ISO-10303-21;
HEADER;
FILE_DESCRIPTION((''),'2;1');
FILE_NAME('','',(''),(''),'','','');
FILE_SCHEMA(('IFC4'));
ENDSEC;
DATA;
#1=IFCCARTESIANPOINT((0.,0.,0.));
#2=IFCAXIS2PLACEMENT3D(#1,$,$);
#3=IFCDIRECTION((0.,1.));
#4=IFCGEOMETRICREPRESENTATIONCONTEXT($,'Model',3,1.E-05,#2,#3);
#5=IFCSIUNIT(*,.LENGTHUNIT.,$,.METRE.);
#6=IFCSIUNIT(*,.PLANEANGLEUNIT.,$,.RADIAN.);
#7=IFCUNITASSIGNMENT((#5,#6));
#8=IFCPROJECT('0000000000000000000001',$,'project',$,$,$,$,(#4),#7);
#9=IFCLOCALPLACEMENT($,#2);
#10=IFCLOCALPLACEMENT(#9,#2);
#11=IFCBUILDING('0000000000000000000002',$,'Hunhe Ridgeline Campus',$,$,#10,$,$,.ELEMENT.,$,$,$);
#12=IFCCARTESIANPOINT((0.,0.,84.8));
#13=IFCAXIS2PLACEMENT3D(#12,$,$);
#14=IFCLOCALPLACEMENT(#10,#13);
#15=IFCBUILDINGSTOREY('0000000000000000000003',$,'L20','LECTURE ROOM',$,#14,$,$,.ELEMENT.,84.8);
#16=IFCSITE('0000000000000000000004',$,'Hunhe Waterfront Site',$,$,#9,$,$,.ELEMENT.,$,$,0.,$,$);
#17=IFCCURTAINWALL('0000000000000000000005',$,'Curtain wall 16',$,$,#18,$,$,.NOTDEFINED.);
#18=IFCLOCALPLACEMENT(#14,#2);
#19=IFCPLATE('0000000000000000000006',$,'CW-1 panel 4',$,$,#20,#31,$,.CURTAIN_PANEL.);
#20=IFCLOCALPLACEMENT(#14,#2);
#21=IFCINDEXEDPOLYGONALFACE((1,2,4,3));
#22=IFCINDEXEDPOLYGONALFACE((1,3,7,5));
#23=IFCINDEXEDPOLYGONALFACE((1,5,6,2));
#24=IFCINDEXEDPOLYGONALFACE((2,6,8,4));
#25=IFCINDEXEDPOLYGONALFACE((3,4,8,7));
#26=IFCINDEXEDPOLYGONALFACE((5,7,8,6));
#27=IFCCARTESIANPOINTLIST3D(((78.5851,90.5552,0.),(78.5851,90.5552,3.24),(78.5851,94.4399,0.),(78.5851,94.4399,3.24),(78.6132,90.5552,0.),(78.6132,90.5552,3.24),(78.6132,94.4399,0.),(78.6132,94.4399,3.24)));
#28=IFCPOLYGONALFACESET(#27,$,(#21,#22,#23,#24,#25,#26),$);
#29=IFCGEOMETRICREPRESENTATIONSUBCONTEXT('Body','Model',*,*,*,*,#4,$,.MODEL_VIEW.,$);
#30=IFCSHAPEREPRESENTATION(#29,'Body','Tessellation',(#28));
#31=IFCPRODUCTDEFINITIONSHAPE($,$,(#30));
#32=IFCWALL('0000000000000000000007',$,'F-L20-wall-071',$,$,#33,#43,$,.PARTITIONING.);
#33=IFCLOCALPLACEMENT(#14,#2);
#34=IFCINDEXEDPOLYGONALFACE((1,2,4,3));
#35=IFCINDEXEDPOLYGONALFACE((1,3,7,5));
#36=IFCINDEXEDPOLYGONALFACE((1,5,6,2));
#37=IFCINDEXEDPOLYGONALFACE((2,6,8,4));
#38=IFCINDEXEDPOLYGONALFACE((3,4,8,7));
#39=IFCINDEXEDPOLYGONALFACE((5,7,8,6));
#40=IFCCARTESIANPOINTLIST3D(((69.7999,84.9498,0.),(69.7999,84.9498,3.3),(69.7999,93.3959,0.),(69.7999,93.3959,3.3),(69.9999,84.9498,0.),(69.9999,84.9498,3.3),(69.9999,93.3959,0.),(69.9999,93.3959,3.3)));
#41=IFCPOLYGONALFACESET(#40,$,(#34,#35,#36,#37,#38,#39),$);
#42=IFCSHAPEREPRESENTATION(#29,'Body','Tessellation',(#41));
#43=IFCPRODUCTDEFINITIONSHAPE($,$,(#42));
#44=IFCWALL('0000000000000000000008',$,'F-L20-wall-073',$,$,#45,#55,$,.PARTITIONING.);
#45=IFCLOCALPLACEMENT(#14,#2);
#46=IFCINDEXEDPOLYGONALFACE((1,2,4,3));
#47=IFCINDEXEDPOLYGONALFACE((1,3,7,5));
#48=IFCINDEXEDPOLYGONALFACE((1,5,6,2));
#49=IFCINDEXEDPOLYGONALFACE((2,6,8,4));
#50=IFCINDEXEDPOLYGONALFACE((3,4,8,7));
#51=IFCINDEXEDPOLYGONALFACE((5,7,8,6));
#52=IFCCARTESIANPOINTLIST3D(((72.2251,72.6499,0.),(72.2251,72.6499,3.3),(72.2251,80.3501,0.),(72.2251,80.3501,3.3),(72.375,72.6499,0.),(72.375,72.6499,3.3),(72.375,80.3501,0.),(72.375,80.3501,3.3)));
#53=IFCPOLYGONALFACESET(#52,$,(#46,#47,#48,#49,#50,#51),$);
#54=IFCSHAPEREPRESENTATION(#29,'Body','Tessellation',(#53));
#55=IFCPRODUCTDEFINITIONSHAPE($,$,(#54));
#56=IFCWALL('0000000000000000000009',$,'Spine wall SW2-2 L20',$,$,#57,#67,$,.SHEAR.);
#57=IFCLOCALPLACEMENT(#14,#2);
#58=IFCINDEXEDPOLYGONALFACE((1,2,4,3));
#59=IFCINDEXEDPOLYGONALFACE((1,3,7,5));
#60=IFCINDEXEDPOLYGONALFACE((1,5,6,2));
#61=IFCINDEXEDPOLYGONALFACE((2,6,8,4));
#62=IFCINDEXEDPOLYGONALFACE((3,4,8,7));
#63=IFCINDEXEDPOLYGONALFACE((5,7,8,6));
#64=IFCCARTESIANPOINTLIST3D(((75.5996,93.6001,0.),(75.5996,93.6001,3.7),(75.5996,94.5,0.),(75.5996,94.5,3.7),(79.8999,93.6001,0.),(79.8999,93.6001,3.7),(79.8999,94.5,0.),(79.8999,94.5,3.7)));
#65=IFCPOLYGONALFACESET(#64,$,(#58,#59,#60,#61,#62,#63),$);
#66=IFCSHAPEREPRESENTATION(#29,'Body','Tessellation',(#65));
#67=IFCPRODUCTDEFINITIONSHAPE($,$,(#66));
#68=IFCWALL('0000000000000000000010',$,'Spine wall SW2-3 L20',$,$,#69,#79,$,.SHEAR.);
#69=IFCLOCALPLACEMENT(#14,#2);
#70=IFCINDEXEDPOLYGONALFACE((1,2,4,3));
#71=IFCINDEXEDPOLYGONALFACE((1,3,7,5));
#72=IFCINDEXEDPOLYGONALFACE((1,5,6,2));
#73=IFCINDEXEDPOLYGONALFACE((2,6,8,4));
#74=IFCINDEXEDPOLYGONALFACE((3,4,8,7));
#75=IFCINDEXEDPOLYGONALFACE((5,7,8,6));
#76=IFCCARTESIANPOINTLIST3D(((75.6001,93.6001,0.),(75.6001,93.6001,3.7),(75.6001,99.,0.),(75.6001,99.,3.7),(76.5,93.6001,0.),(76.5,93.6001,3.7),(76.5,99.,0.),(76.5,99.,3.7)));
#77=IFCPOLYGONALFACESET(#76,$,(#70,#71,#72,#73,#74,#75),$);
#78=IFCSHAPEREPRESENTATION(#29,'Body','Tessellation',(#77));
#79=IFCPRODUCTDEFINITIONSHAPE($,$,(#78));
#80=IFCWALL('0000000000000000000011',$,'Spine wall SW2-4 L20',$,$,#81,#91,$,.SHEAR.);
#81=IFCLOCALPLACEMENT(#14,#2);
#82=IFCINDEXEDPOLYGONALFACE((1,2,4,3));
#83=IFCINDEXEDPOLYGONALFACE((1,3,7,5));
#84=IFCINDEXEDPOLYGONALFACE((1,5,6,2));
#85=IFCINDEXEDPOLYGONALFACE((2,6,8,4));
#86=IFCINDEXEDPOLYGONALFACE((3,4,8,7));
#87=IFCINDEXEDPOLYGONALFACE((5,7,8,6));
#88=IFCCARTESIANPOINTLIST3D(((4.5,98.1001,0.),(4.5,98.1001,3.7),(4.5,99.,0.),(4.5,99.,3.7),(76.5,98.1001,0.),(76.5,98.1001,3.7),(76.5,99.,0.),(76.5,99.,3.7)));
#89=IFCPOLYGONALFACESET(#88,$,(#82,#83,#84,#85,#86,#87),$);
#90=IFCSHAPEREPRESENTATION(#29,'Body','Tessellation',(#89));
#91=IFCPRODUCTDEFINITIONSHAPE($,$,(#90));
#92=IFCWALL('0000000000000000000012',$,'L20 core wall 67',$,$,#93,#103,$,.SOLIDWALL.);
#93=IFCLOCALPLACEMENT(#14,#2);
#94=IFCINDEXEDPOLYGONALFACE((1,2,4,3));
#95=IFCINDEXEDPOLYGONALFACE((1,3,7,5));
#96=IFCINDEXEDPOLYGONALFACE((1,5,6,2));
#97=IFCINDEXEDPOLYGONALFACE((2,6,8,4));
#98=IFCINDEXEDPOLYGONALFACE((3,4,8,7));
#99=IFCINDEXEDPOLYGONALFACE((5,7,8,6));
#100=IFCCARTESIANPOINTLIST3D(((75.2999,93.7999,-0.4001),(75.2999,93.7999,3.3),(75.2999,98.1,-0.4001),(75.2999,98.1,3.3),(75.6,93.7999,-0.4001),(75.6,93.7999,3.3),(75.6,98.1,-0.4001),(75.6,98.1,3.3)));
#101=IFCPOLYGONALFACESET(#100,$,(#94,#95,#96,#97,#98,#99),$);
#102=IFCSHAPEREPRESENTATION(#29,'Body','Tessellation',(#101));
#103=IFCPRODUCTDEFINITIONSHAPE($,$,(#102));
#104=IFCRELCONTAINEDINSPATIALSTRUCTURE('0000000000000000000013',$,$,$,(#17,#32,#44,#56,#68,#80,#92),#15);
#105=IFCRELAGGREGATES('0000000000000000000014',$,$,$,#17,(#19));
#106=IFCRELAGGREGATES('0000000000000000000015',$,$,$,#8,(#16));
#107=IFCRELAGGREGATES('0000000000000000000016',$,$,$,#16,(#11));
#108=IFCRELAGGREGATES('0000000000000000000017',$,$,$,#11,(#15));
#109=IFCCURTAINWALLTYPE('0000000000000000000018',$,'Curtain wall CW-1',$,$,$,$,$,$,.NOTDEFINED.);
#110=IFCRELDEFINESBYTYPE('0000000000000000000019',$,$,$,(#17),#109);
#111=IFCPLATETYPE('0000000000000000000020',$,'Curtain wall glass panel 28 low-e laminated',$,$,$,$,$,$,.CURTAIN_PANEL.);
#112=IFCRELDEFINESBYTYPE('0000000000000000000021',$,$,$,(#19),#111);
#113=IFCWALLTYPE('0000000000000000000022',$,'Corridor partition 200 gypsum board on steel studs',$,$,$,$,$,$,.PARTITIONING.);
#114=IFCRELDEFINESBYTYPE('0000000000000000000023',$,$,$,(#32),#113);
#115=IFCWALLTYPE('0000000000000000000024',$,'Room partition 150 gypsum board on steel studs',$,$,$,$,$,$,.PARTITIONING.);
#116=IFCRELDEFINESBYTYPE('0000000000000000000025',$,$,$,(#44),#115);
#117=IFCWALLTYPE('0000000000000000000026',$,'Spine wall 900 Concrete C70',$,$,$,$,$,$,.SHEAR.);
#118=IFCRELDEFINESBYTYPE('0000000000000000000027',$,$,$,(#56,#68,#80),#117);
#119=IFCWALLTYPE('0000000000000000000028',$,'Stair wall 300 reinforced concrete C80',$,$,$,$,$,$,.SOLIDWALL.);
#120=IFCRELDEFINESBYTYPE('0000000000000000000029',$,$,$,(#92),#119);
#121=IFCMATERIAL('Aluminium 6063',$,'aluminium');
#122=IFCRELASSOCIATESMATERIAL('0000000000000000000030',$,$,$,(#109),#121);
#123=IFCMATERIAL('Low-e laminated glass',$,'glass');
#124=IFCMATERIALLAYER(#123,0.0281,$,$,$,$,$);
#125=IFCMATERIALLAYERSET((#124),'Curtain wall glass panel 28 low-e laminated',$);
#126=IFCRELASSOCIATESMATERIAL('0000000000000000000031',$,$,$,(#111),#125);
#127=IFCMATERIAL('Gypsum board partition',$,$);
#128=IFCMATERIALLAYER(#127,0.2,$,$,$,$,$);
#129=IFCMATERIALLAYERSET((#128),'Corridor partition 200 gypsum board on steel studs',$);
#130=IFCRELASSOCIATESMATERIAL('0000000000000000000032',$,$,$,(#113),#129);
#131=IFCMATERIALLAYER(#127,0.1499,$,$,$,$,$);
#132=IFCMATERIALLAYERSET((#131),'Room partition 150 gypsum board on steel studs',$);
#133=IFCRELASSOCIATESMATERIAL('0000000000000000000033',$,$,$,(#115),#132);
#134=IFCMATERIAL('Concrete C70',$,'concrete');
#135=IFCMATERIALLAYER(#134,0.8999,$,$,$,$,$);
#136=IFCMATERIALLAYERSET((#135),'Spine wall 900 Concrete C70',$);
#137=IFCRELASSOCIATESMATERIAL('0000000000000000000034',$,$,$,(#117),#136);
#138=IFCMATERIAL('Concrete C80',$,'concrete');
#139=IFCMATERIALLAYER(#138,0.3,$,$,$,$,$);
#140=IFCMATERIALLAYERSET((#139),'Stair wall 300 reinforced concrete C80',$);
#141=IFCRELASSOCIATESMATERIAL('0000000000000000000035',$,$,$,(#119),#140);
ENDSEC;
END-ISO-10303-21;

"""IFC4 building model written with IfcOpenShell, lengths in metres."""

from ifc_helpers import new_model, si_unit, direction, frame, frame_2d, origin, origin_2d, place, context, subcontext, project, spatial, rectangle, extrude, material, layer, layer_set, type_object, element, aggregate, save


model = new_model("IFC4")

# Units and contexts
model_context = context("Model", 3, precision=1e-05, world=origin(), true_north=direction((0.0, 1.0)))
body_context = subcontext(model_context, "Body", "Model", "MODEL_VIEW")
ifc_project = project(units=[si_unit("LENGTHUNIT", "METRE"), si_unit("PLANEANGLEUNIT", "RADIAN")], contexts=[model_context])

# Site, building, storey
site_placement = place(None, origin())
site = spatial("IfcSite", under=ifc_project, at=site_placement, Name="Hunhe Waterfront Site", CompositionType="ELEMENT", RefElevation=0.0)
building_placement = place(site_placement, origin())
building = spatial("IfcBuilding", under=site, at=building_placement, Name="Hunhe Ridgeline Campus", CompositionType="ELEMENT")
storey_placement = place(building_placement, frame((0.0, 0.0, 84.8)))
storey = spatial("IfcBuildingStorey", under=building, at=storey_placement, Name="L20", Description="LECTURE ROOM", CompositionType="ELEMENT", Elevation=84.8)

# Shared definitions
ifc_material_1 = material(Name="Concrete C70", Category="concrete")

# Curtain wall, plate
ifc_material_2 = material(Name="Aluminium 6063", Category="aluminium")
curtain_wall_type = type_object("IfcCurtainWallType", Name="Curtain wall CW-1", PredefinedType="NOTDEFINED", material=ifc_material_2)
curtain_wall_placement = place(storey_placement, origin())
curtain_wall = element("IfcCurtainWall", 1, at=curtain_wall_placement, inside=storey, type_object=curtain_wall_type, Name="Curtain wall 16", PredefinedType="NOTDEFINED")
ifc_material_3 = material(Name="Low-e laminated glass", Category="glass")
ifc_layer_1 = layer(ifc_material_3, 0.0281)
ifc_layer_set_1 = layer_set([ifc_layer_1], Name="Curtain wall glass panel 28 low-e laminated")
plate_type = type_object("IfcPlateType", Name="Curtain wall glass panel 28 low-e laminated", PredefinedType="CURTAIN_PANEL", material=ifc_layer_set_1)
plate_1_placement = place(storey_placement, frame((78.5991, 92.4976, 0.0), z_axis=(0.0, 0.0, 1.0), x_axis=(0.0, 1.0, 0.0)))
plate_1 = element("IfcPlate", 2, at=plate_1_placement, type_object=plate_type, Name="CW-1 panel 4", PredefinedType="CURTAIN_PANEL", context=body_context, shape_type="SweptSolid", body=[
    extrude(rectangle(XDim=3.8848, YDim=0.0281, at=origin_2d()), origin(), (0.0, 0.0, 1.0), 3.24),
])
aggregate(curtain_wall, [plate_1])

# Shared definitions
ifc_material_4 = material(Name="Gypsum board partition")
ifc_layer_2 = layer(ifc_material_4, 0.2)
ifc_layer_set_2 = layer_set([ifc_layer_2], Name="Corridor partition 200 gypsum board on steel studs")
wall_type_1 = type_object("IfcWallType", Name="Corridor partition 200 gypsum board on steel studs", PredefinedType="PARTITIONING", material=ifc_layer_set_2)

# Walls
wall_1_placement = place(storey_placement, frame((69.8999, 93.396, 0.0), z_axis=(0.0, 0.0, 1.0), x_axis=(0.0, -1.0, 0.0)))
element("IfcWall", 3, at=wall_1_placement, inside=storey, type_object=wall_type_1, Name="F-L20-wall-071", PredefinedType="PARTITIONING", context=body_context, shape_type="SweptSolid", body=[
    extrude(rectangle(XDim=8.446, YDim=0.2, at=frame_2d((4.2231, 0.0))), origin(), (0.0, 0.0, 1.0), 3.3),
])
ifc_layer_3 = layer(ifc_material_4, 0.1499)
ifc_layer_set_3 = layer_set([ifc_layer_3], Name="Room partition 150 gypsum board on steel studs")
wall_type_2 = type_object("IfcWallType", Name="Room partition 150 gypsum board on steel studs", PredefinedType="PARTITIONING", material=ifc_layer_set_3)
wall_2_placement = place(storey_placement, frame((72.3, 80.3501, 0.0), z_axis=(0.0, 0.0, 1.0), x_axis=(0.0, -1.0, 0.0)))
element("IfcWall", 4, at=wall_2_placement, inside=storey, type_object=wall_type_2, Name="F-L20-wall-073", PredefinedType="PARTITIONING", context=body_context, shape_type="SweptSolid", body=[
    extrude(rectangle(XDim=7.7002, YDim=0.1499, at=frame_2d((3.8501, 0.0))), origin(), (0.0, 0.0, 1.0), 3.3),
])
ifc_layer_4 = layer(ifc_material_1, 0.8999)
ifc_layer_set_4 = layer_set([ifc_layer_4], Name="Spine wall 900 Concrete C70")
wall_type_3 = type_object("IfcWallType", Name="Spine wall 900 Concrete C70", PredefinedType="SHEAR", material=ifc_layer_set_4)
wall_3_placement = place(storey_placement, frame((79.8999, 94.05, 0.0), z_axis=(0.0, 0.0, 1.0), x_axis=(-1.0, 0.0, 0.0)))
element("IfcWall", 5, at=wall_3_placement, inside=storey, type_object=wall_type_3, Name="Spine wall SW2-2 L20", PredefinedType="SHEAR", context=body_context, shape_type="SweptSolid", body=[
    extrude(rectangle(XDim=4.3003, YDim=0.8999, at=frame_2d((2.1501, 0.0))), origin(), (0.0, 0.0, 1.0), 3.7),
])
wall_4_placement = place(storey_placement, frame((76.05, 93.6001, 0.0), z_axis=(0.0, 0.0, 1.0), x_axis=(0.0, 1.0, 0.0)))
element("IfcWall", 6, at=wall_4_placement, inside=storey, type_object=wall_type_3, Name="Spine wall SW2-3 L20", PredefinedType="SHEAR", context=body_context, shape_type="SweptSolid", body=[
    extrude(rectangle(XDim=5.3999, YDim=0.8999, at=frame_2d((2.7, 0.0))), origin(), (0.0, 0.0, 1.0), 3.7),
])
wall_5_placement = place(storey_placement, frame((76.5, 98.55, 0.0), z_axis=(0.0, 0.0, 1.0), x_axis=(-1.0, 0.0, 0.0)))
element("IfcWall", 7, at=wall_5_placement, inside=storey, type_object=wall_type_3, Name="Spine wall SW2-4 L20", PredefinedType="SHEAR", context=body_context, shape_type="SweptSolid", body=[
    extrude(rectangle(XDim=72.0, YDim=0.8999, at=frame_2d((36.0, 0.0))), origin(), (0.0, 0.0, 1.0), 3.7),
])
ifc_material_5 = material(Name="Concrete C80", Category="concrete")
ifc_layer_5 = layer(ifc_material_5, 0.3)
ifc_layer_set_5 = layer_set([ifc_layer_5], Name="Stair wall 300 reinforced concrete C80")
wall_type_4 = type_object("IfcWallType", Name="Stair wall 300 reinforced concrete C80", PredefinedType="SOLIDWALL", material=ifc_layer_set_5)
wall_6_placement = place(storey_placement, frame((75.45, 93.8, -0.4001), z_axis=(0.0, 0.0, 1.0), x_axis=(0.0, 1.0, 0.0)))
element("IfcWall", 8, at=wall_6_placement, inside=storey, type_object=wall_type_4, Name="L20 core wall 67", PredefinedType="SOLIDWALL", context=body_context, shape_type="SweptSolid", body=[
    extrude(rectangle(XDim=4.3, YDim=0.3, at=frame_2d((2.1499, 0.0))), origin(), (0.0, 0.0, 1.0), 3.7002),
])

save(model, "model.ifc")
